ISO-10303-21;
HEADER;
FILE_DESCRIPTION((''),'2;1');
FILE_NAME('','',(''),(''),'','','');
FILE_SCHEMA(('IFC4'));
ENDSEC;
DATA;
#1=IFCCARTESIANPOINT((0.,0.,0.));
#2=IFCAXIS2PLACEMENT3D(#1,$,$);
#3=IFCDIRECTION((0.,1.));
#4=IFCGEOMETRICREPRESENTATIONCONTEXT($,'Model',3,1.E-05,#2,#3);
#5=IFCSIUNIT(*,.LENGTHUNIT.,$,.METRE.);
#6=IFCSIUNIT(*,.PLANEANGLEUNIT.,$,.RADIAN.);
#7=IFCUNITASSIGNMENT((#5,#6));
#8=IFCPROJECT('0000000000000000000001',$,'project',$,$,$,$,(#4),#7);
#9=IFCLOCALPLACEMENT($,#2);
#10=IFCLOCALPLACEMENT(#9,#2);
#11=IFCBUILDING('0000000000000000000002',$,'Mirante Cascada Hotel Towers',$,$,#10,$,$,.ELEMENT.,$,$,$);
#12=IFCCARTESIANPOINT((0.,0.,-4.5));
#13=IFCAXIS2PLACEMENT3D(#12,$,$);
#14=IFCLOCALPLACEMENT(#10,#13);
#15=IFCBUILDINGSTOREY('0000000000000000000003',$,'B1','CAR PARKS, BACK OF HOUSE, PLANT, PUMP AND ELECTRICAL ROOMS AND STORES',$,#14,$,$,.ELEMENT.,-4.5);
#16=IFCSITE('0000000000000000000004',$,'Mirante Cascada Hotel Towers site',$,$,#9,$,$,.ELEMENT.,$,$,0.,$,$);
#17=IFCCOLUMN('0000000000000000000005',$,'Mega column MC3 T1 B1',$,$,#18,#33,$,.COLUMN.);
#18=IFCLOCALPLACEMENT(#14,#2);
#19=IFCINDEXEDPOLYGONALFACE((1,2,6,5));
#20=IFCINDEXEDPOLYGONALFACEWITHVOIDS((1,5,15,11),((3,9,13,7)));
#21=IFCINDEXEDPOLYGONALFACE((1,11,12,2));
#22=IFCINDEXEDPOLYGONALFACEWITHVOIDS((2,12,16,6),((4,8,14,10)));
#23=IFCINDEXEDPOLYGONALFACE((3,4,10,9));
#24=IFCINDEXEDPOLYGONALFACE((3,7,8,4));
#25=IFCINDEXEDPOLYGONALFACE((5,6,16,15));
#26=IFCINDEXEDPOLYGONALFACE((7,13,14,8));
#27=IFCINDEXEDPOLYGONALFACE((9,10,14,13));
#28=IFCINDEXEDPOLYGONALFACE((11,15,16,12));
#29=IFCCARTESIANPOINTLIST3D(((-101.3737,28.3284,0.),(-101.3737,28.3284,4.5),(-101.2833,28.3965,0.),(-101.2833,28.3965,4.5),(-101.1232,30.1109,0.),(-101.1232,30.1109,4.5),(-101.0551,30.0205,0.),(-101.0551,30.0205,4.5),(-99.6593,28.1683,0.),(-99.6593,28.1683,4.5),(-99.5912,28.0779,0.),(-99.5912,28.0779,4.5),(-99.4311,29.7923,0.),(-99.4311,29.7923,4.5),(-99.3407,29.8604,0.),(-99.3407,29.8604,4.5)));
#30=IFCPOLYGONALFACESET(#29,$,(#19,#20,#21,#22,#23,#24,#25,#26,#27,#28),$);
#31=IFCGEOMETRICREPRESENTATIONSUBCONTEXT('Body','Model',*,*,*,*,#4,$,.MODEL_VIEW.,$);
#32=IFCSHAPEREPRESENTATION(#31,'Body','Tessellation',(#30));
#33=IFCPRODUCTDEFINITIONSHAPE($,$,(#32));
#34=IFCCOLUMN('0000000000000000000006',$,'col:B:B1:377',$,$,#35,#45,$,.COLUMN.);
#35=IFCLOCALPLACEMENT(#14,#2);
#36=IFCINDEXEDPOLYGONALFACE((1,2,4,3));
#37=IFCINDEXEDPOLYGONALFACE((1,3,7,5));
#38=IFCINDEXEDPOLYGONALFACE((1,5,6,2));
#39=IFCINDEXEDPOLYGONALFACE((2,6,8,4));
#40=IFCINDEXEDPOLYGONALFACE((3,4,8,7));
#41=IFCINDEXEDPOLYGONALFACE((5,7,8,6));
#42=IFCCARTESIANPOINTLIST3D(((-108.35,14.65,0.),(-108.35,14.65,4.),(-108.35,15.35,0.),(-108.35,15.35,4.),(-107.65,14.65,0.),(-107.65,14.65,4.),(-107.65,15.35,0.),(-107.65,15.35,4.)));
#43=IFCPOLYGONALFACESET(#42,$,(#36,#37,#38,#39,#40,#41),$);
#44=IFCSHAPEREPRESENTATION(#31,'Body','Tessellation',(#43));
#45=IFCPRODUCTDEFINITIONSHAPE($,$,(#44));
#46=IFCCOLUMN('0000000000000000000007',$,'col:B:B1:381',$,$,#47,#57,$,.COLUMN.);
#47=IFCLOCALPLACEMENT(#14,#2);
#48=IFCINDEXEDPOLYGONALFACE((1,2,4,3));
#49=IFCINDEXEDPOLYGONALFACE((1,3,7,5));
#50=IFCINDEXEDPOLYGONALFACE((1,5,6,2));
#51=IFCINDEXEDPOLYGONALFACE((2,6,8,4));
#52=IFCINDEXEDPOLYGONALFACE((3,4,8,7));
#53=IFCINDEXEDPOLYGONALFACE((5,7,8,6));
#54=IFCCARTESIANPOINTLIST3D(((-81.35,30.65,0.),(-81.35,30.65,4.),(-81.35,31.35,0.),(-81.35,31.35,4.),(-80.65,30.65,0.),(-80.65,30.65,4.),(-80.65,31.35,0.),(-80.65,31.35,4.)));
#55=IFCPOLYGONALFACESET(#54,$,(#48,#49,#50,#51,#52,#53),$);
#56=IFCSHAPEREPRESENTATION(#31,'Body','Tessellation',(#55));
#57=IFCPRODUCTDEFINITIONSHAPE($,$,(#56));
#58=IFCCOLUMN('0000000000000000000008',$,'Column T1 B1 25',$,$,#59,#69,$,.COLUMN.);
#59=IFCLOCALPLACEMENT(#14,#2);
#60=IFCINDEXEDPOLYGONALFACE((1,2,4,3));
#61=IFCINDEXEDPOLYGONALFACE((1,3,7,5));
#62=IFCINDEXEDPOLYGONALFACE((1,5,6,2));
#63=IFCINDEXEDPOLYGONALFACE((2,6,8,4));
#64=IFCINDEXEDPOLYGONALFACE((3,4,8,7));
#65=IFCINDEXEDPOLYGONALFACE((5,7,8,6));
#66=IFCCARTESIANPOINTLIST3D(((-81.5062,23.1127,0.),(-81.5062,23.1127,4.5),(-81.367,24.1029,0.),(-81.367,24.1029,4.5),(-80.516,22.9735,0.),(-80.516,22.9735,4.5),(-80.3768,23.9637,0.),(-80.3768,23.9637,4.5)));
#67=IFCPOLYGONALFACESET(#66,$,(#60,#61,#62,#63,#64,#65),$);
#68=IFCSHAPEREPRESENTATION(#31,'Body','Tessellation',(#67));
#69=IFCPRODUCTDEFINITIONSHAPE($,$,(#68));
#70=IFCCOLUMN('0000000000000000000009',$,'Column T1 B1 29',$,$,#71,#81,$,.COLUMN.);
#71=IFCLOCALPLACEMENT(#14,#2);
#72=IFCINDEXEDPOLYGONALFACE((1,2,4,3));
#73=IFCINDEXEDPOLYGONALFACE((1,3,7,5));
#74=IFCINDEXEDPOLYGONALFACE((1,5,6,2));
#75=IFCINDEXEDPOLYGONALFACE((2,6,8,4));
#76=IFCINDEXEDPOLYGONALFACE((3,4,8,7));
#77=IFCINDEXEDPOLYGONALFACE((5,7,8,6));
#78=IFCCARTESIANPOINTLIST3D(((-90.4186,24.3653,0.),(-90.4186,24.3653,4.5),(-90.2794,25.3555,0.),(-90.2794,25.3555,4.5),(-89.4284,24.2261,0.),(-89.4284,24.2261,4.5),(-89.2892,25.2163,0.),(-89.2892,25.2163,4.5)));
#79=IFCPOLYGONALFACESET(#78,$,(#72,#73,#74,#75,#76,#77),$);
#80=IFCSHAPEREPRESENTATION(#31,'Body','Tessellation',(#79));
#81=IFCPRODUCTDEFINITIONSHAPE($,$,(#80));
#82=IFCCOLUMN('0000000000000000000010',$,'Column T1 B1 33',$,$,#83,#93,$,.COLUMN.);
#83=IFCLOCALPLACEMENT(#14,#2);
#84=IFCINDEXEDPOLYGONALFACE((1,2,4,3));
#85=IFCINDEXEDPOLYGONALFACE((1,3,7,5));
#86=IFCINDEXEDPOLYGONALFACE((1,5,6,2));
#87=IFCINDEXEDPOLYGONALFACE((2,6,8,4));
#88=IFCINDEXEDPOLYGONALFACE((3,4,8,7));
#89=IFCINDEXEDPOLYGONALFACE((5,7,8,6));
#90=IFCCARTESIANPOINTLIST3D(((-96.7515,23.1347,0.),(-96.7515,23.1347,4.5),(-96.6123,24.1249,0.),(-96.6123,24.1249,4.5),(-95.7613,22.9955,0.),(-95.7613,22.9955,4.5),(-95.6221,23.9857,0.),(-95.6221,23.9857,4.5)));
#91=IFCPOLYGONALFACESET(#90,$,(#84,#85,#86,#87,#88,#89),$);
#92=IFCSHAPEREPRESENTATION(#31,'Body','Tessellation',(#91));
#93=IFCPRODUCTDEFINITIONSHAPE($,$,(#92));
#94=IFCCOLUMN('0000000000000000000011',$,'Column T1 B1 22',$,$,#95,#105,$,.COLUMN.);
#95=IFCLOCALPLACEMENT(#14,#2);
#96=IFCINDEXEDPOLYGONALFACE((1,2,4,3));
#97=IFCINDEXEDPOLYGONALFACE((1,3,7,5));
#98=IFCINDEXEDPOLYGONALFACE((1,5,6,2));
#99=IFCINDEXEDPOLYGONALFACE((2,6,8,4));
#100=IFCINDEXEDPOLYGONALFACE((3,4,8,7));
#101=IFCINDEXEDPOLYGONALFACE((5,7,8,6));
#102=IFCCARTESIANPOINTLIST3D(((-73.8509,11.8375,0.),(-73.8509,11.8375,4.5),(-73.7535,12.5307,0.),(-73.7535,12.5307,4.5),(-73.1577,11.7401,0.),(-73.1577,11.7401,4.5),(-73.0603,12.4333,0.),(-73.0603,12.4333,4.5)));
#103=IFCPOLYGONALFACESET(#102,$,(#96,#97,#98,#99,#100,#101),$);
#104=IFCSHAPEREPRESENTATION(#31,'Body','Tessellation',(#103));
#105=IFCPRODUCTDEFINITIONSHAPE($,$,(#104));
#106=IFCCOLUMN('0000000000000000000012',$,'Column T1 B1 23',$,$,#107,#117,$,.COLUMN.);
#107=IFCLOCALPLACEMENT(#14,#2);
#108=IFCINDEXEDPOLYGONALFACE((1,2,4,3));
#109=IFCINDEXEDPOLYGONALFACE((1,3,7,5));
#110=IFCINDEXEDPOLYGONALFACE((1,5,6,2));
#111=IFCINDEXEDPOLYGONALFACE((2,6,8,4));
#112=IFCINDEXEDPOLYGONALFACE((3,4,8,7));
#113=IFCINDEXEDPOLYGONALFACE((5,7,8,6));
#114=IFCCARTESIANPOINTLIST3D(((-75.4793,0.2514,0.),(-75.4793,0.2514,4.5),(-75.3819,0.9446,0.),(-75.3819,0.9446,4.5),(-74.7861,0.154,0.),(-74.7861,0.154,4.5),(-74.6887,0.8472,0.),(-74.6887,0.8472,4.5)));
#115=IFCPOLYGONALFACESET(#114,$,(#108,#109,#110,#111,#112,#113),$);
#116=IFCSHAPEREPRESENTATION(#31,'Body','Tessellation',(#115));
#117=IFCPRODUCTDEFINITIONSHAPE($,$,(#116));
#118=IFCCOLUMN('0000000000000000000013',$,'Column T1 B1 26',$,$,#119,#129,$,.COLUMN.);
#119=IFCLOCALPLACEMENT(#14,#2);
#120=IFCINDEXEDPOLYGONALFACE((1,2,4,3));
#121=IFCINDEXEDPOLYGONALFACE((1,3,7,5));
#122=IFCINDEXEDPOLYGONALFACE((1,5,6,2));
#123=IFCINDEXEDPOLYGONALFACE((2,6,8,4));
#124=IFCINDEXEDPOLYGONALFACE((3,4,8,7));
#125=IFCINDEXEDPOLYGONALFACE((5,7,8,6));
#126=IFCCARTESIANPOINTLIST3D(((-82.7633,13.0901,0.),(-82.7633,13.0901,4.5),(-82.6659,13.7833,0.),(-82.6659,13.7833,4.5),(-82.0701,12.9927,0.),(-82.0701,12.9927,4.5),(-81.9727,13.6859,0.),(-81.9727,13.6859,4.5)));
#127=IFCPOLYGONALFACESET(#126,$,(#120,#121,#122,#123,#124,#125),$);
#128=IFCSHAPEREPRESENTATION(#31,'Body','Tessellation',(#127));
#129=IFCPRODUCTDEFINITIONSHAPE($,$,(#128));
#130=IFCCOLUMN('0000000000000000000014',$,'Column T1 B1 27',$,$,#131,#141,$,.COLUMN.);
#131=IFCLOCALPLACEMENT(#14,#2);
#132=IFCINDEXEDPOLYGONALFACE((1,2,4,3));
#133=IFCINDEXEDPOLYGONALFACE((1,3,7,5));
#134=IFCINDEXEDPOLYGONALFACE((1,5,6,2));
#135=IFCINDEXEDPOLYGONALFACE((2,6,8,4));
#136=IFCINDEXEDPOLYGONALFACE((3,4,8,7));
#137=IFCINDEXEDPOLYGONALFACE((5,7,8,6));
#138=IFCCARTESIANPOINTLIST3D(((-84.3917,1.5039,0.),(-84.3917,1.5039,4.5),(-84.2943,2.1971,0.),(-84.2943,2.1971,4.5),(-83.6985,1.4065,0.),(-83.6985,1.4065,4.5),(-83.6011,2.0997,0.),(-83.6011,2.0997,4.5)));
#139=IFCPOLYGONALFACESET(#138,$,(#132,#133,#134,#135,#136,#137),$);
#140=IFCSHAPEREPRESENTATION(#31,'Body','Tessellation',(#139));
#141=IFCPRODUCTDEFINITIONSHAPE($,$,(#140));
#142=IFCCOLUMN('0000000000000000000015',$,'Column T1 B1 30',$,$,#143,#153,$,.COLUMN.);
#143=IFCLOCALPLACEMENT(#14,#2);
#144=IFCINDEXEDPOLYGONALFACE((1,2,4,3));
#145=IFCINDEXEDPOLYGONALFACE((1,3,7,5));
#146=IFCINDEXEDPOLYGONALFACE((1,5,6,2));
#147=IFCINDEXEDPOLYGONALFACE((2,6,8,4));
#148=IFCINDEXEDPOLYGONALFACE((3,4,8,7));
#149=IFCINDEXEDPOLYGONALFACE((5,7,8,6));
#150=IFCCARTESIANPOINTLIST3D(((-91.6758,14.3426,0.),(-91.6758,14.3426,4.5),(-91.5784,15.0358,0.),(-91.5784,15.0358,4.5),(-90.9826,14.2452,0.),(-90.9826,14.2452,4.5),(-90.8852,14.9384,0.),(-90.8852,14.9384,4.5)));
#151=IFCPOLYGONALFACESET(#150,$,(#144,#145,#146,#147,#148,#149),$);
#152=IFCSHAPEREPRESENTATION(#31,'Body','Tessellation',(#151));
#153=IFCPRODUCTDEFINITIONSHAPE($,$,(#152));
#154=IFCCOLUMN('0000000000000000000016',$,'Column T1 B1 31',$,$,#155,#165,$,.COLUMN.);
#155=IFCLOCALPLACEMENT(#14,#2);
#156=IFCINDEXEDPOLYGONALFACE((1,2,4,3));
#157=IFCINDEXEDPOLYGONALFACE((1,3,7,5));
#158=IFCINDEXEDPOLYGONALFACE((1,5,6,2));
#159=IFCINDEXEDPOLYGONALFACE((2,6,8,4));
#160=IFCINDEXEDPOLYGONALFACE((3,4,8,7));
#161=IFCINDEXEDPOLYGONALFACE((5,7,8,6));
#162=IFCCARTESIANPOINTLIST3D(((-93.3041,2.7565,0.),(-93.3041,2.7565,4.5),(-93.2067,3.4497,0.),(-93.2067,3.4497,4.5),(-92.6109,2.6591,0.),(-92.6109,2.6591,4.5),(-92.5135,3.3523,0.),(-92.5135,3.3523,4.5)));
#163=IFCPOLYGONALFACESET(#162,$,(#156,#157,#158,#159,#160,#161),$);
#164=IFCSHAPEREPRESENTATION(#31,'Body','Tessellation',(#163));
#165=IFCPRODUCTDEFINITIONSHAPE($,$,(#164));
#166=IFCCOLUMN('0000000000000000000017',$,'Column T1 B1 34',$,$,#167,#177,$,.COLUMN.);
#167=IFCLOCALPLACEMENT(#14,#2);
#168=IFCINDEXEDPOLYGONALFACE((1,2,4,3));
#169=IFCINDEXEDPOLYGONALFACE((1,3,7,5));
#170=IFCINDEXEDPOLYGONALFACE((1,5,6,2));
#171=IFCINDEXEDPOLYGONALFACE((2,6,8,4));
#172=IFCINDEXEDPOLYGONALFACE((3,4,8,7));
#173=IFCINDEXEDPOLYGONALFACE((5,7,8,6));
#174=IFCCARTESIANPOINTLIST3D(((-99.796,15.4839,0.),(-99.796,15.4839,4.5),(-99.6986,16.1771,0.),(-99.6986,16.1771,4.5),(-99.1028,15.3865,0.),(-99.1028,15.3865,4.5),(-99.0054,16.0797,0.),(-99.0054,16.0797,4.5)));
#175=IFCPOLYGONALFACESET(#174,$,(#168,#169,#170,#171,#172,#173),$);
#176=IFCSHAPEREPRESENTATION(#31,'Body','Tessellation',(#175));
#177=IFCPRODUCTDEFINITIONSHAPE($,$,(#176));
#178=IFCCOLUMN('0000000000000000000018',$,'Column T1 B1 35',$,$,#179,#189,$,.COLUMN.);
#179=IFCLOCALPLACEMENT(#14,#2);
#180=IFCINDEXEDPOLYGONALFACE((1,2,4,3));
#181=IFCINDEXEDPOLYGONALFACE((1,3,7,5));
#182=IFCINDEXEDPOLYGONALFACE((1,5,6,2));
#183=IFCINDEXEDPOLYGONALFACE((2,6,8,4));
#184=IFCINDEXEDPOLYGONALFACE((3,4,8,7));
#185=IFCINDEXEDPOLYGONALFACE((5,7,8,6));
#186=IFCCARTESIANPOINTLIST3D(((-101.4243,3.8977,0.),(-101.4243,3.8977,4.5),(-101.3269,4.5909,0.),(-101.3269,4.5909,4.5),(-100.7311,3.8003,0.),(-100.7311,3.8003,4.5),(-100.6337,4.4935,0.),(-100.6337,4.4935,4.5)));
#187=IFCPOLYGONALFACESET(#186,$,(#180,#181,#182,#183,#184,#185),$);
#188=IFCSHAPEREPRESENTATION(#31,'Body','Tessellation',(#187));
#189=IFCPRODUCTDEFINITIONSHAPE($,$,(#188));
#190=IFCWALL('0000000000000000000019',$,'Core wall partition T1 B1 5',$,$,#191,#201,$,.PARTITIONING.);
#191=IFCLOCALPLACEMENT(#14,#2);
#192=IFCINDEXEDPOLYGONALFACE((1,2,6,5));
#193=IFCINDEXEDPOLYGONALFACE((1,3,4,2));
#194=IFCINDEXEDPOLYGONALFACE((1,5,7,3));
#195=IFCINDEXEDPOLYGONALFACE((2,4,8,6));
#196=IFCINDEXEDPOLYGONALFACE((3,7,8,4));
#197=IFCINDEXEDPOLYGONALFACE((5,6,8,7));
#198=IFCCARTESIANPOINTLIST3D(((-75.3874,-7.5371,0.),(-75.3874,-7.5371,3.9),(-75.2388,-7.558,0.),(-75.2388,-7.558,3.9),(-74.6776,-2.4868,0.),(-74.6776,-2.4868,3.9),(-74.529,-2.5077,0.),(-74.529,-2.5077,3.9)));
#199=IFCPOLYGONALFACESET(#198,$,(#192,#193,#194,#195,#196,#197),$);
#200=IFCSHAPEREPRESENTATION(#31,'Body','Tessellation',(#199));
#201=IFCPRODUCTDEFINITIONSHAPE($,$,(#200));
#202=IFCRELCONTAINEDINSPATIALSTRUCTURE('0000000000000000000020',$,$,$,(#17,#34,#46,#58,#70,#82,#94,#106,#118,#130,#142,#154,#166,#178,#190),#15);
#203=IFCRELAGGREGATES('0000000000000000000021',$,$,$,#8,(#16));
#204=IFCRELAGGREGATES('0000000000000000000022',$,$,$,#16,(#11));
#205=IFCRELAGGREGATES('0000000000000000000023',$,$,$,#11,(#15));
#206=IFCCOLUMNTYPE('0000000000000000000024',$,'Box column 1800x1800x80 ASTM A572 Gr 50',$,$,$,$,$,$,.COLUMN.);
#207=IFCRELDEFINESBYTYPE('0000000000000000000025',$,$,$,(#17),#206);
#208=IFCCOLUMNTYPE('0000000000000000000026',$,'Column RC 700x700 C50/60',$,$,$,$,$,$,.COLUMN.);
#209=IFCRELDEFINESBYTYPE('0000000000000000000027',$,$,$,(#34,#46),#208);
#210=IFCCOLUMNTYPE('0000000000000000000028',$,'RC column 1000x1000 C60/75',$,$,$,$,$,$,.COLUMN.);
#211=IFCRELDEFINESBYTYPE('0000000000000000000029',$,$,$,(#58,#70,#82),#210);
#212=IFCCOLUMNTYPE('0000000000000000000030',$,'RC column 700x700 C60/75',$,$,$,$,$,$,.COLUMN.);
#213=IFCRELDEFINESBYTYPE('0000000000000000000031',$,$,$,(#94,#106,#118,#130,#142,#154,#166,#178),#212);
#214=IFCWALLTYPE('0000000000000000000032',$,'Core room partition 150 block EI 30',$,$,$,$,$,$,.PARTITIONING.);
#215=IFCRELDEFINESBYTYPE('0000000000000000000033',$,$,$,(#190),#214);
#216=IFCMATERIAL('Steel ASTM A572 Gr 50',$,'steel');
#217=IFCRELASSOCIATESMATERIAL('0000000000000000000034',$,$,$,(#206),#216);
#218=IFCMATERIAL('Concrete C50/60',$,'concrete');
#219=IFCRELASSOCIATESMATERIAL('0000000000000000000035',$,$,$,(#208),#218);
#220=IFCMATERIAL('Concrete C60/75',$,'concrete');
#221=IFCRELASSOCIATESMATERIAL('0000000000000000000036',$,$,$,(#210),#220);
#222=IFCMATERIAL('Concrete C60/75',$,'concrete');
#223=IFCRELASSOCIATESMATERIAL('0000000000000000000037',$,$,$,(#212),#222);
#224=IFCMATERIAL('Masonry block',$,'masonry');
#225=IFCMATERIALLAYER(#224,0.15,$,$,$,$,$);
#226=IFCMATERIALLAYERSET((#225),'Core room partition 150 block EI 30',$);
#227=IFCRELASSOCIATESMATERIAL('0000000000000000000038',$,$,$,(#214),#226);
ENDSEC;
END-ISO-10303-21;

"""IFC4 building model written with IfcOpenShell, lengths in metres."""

from ifc_helpers import new_model, si_unit, direction, frame, frame_2d, origin, origin_2d, place, context, subcontext, project, spatial, rectangle, hollow_rectangle, extrude, material, layer, layer_set, material_profile, profile_set, type_object, element, save


model = new_model("IFC4")

# Units and contexts
model_context = context("Model", 3, precision=1e-05, world=origin(), true_north=direction((0.0, 1.0)))
body_context = subcontext(model_context, "Body", "Model", "MODEL_VIEW")
ifc_project = project(units=[si_unit("LENGTHUNIT", "METRE"), si_unit("PLANEANGLEUNIT", "RADIAN")], contexts=[model_context])

# Site, building, storey
site_placement = place(None, origin())
site = spatial("IfcSite", under=ifc_project, at=site_placement, Name="Mirante Cascada Hotel Towers site", CompositionType="ELEMENT", RefElevation=0.0)
building_placement = place(site_placement, origin())
building = spatial("IfcBuilding", under=site, at=building_placement, Name="Mirante Cascada Hotel Towers", CompositionType="ELEMENT")
storey_placement = place(building_placement, frame((0.0, 0.0, -4.5)))
storey = spatial("IfcBuildingStorey", under=building, at=storey_placement, Name="B1", Description="CAR PARKS, BACK OF HOUSE, PLANT, PUMP AND ELECTRICAL ROOMS AND STORES", CompositionType="ELEMENT", Elevation=-4.5)

# Columns
ifc_material_1 = material(Name="Steel ASTM A572 Gr 50", Category="steel")
ifc_material_profile_1 = material_profile(ifc_material_1, hollow_rectangle(XDim=1.8, YDim=1.8, WallThickness=0.08, at=origin_2d()), Name="Box column 1800x1800x80 ASTM A572 Gr 50")
ifc_profile_set_1 = profile_set([ifc_material_profile_1], Name="Steel ASTM A572 Gr 50")
column_type_1 = type_object("IfcColumnType", Name="Box column 1800x1800x80 ASTM A572 Gr 50", PredefinedType="COLUMN", material=ifc_profile_set_1)
column_placement = place(storey_placement, frame((-100.3572, 29.0944, 0.0), z_axis=(0.0, 0.0, 1.0), x_axis=(-0.990268, 0.139173, 0.0)))
element("IfcColumn", 1, at=column_placement, inside=storey, type_object=column_type_1, Name="Mega column MC3 T1 B1", PredefinedType="COLUMN", context=body_context, shape_type="SweptSolid", body=[
    extrude(hollow_rectangle(XDim=1.8, YDim=1.8, WallThickness=0.08, at=origin_2d()), origin(), (0.0, 0.0, 1.0), 4.5),
])
ifc_material_2 = material(Name="Concrete C50/60", Category="concrete")
ifc_material_profile_2 = material_profile(ifc_material_2, rectangle(XDim=0.7, YDim=0.7, at=origin_2d()), Name="RC 700x700")
ifc_profile_set_2 = profile_set([ifc_material_profile_2], Name="Concrete C50/60")
column_type_2 = type_object("IfcColumnType", Name="Column RC 700x700 C50/60", PredefinedType="COLUMN", material=ifc_profile_set_2)
for number, where, z_axis, x_axis, name in (
    (2, (-108.0, 15.0, 0.0), (0.0, 0.0, 1.0), (1.0, 0.0, 0.0), "col:B:B1:377"),
    (3, (-81.0, 31.0, 0.0), (0.0, 0.0, 1.0), (1.0, 0.0, 0.0), "col:B:B1:381"),
):
    element("IfcColumn", number, at=place(storey_placement, frame(where, z_axis=z_axis, x_axis=x_axis)), inside=storey, type_object=column_type_2, Name=name, PredefinedType="COLUMN", context=body_context, shape_type="SweptSolid", body=[
        extrude(rectangle(XDim=0.7, YDim=0.7, at=origin_2d()), origin(), (0.0, 0.0, 1.0), 4.0),
    ])
ifc_material_3 = material(Name="Concrete C60/75", Category="concrete")
ifc_material_profile_3 = material_profile(ifc_material_3, rectangle(XDim=1.0, YDim=1.0, at=origin_2d()), Name="RC column 1000x1000 C60/75")
ifc_profile_set_3 = profile_set([ifc_material_profile_3], Name="Concrete C60/75")
column_type_3 = type_object("IfcColumnType", Name="RC column 1000x1000 C60/75", PredefinedType="COLUMN", material=ifc_profile_set_3)
for number, where, z_axis, x_axis, name in (
    (4, (-80.9415, 23.5382, 0.0), (0.0, 0.0, 1.0), (-0.990268, 0.139173, 0.0), "Column T1 B1 25"),
    (5, (-89.8539, 24.7908, 0.0), (0.0, 0.0, 1.0), (-0.990268, 0.139173, 0.0), "Column T1 B1 29"),
    (6, (-96.1868, 23.5602, 0.0), (0.0, 0.0, 1.0), (-0.990268, 0.139173, 0.0), "Column T1 B1 33"),
):
    element("IfcColumn", number, at=place(storey_placement, frame(where, z_axis=z_axis, x_axis=x_axis)), inside=storey, type_object=column_type_3, Name=name, PredefinedType="COLUMN", context=body_context, shape_type="SweptSolid", body=[
        extrude(rectangle(XDim=1.0, YDim=1.0, at=origin_2d()), origin(), (0.0, 0.0, 1.0), 4.5),
    ])
ifc_material_4 = material(Name="Concrete C60/75", Category="concrete")
ifc_material_profile_4 = material_profile(ifc_material_4, rectangle(XDim=0.7, YDim=0.7, at=origin_2d()), Name="RC column 700x700 C60/75")
ifc_profile_set_4 = profile_set([ifc_material_profile_4], Name="Concrete C60/75")
column_type_4 = type_object("IfcColumnType", Name="RC column 700x700 C60/75", PredefinedType="COLUMN", material=ifc_profile_set_4)
for number, where, z_axis, x_axis, name in (
    (7, (-73.4556, 12.1354, 0.0), (0.0, 0.0, 1.0), (-0.990268, 0.139173, 0.0), "Column T1 B1 22"),
    (8, (-75.084, 0.5493, 0.0), (0.0, 0.0, 1.0), (-0.990268, 0.139173, 0.0), "Column T1 B1 23"),
    (9, (-82.368, 13.388, 0.0), (0.0, 0.0, 1.0), (-0.990268, 0.139173, 0.0), "Column T1 B1 26"),
    (10, (-83.9964, 1.8018, 0.0), (0.0, 0.0, 1.0), (-0.990268, 0.139173, 0.0), "Column T1 B1 27"),
    (11, (-91.2805, 14.6405, 0.0), (0.0, 0.0, 1.0), (-0.990268, 0.139173, 0.0), "Column T1 B1 30"),
    (12, (-92.9088, 3.0544, 0.0), (0.0, 0.0, 1.0), (-0.990268, 0.139173, 0.0), "Column T1 B1 31"),
    (13, (-99.4007, 15.7818, 0.0), (0.0, 0.0, 1.0), (-0.990268, 0.139173, 0.0), "Column T1 B1 34"),
    (14, (-101.029, 4.1956, 0.0), (0.0, 0.0, 1.0), (-0.990268, 0.139173, 0.0), "Column T1 B1 35"),
):
    element("IfcColumn", number, at=place(storey_placement, frame(where, z_axis=z_axis, x_axis=x_axis)), inside=storey, type_object=column_type_4, Name=name, PredefinedType="COLUMN", context=body_context, shape_type="SweptSolid", body=[
        extrude(rectangle(XDim=0.7, YDim=0.7, at=origin_2d()), origin(), (0.0, 0.0, 1.0), 4.5),
    ])

# Wall
ifc_material_5 = material(Name="Masonry block", Category="masonry")
ifc_layer_1 = layer(ifc_material_5, 0.15)
ifc_layer_set_1 = layer_set([ifc_layer_1], Name="Core room partition 150 block EI 30")
wall_type_1 = type_object("IfcWallType", Name="Core room partition 150 block EI 30", PredefinedType="PARTITIONING", material=ifc_layer_set_1)
wall_1_placement = place(storey_placement, frame((-75.3131, -7.5476, 0.0), z_axis=(0.0, 0.0, 1.0), x_axis=(0.139178, 0.990267, 0.0)))
element("IfcWall", 15, at=wall_1_placement, inside=storey, type_object=wall_type_1, Name="Core wall partition T1 B1 5", PredefinedType="PARTITIONING", context=body_context, shape_type="SweptSolid", body=[
    extrude(rectangle(XDim=5.0999, YDim=0.15, at=frame_2d((2.55, 0.0))), origin(), (0.0, 0.0, 1.0), 3.9),
])

save(model, "model.ifc")
